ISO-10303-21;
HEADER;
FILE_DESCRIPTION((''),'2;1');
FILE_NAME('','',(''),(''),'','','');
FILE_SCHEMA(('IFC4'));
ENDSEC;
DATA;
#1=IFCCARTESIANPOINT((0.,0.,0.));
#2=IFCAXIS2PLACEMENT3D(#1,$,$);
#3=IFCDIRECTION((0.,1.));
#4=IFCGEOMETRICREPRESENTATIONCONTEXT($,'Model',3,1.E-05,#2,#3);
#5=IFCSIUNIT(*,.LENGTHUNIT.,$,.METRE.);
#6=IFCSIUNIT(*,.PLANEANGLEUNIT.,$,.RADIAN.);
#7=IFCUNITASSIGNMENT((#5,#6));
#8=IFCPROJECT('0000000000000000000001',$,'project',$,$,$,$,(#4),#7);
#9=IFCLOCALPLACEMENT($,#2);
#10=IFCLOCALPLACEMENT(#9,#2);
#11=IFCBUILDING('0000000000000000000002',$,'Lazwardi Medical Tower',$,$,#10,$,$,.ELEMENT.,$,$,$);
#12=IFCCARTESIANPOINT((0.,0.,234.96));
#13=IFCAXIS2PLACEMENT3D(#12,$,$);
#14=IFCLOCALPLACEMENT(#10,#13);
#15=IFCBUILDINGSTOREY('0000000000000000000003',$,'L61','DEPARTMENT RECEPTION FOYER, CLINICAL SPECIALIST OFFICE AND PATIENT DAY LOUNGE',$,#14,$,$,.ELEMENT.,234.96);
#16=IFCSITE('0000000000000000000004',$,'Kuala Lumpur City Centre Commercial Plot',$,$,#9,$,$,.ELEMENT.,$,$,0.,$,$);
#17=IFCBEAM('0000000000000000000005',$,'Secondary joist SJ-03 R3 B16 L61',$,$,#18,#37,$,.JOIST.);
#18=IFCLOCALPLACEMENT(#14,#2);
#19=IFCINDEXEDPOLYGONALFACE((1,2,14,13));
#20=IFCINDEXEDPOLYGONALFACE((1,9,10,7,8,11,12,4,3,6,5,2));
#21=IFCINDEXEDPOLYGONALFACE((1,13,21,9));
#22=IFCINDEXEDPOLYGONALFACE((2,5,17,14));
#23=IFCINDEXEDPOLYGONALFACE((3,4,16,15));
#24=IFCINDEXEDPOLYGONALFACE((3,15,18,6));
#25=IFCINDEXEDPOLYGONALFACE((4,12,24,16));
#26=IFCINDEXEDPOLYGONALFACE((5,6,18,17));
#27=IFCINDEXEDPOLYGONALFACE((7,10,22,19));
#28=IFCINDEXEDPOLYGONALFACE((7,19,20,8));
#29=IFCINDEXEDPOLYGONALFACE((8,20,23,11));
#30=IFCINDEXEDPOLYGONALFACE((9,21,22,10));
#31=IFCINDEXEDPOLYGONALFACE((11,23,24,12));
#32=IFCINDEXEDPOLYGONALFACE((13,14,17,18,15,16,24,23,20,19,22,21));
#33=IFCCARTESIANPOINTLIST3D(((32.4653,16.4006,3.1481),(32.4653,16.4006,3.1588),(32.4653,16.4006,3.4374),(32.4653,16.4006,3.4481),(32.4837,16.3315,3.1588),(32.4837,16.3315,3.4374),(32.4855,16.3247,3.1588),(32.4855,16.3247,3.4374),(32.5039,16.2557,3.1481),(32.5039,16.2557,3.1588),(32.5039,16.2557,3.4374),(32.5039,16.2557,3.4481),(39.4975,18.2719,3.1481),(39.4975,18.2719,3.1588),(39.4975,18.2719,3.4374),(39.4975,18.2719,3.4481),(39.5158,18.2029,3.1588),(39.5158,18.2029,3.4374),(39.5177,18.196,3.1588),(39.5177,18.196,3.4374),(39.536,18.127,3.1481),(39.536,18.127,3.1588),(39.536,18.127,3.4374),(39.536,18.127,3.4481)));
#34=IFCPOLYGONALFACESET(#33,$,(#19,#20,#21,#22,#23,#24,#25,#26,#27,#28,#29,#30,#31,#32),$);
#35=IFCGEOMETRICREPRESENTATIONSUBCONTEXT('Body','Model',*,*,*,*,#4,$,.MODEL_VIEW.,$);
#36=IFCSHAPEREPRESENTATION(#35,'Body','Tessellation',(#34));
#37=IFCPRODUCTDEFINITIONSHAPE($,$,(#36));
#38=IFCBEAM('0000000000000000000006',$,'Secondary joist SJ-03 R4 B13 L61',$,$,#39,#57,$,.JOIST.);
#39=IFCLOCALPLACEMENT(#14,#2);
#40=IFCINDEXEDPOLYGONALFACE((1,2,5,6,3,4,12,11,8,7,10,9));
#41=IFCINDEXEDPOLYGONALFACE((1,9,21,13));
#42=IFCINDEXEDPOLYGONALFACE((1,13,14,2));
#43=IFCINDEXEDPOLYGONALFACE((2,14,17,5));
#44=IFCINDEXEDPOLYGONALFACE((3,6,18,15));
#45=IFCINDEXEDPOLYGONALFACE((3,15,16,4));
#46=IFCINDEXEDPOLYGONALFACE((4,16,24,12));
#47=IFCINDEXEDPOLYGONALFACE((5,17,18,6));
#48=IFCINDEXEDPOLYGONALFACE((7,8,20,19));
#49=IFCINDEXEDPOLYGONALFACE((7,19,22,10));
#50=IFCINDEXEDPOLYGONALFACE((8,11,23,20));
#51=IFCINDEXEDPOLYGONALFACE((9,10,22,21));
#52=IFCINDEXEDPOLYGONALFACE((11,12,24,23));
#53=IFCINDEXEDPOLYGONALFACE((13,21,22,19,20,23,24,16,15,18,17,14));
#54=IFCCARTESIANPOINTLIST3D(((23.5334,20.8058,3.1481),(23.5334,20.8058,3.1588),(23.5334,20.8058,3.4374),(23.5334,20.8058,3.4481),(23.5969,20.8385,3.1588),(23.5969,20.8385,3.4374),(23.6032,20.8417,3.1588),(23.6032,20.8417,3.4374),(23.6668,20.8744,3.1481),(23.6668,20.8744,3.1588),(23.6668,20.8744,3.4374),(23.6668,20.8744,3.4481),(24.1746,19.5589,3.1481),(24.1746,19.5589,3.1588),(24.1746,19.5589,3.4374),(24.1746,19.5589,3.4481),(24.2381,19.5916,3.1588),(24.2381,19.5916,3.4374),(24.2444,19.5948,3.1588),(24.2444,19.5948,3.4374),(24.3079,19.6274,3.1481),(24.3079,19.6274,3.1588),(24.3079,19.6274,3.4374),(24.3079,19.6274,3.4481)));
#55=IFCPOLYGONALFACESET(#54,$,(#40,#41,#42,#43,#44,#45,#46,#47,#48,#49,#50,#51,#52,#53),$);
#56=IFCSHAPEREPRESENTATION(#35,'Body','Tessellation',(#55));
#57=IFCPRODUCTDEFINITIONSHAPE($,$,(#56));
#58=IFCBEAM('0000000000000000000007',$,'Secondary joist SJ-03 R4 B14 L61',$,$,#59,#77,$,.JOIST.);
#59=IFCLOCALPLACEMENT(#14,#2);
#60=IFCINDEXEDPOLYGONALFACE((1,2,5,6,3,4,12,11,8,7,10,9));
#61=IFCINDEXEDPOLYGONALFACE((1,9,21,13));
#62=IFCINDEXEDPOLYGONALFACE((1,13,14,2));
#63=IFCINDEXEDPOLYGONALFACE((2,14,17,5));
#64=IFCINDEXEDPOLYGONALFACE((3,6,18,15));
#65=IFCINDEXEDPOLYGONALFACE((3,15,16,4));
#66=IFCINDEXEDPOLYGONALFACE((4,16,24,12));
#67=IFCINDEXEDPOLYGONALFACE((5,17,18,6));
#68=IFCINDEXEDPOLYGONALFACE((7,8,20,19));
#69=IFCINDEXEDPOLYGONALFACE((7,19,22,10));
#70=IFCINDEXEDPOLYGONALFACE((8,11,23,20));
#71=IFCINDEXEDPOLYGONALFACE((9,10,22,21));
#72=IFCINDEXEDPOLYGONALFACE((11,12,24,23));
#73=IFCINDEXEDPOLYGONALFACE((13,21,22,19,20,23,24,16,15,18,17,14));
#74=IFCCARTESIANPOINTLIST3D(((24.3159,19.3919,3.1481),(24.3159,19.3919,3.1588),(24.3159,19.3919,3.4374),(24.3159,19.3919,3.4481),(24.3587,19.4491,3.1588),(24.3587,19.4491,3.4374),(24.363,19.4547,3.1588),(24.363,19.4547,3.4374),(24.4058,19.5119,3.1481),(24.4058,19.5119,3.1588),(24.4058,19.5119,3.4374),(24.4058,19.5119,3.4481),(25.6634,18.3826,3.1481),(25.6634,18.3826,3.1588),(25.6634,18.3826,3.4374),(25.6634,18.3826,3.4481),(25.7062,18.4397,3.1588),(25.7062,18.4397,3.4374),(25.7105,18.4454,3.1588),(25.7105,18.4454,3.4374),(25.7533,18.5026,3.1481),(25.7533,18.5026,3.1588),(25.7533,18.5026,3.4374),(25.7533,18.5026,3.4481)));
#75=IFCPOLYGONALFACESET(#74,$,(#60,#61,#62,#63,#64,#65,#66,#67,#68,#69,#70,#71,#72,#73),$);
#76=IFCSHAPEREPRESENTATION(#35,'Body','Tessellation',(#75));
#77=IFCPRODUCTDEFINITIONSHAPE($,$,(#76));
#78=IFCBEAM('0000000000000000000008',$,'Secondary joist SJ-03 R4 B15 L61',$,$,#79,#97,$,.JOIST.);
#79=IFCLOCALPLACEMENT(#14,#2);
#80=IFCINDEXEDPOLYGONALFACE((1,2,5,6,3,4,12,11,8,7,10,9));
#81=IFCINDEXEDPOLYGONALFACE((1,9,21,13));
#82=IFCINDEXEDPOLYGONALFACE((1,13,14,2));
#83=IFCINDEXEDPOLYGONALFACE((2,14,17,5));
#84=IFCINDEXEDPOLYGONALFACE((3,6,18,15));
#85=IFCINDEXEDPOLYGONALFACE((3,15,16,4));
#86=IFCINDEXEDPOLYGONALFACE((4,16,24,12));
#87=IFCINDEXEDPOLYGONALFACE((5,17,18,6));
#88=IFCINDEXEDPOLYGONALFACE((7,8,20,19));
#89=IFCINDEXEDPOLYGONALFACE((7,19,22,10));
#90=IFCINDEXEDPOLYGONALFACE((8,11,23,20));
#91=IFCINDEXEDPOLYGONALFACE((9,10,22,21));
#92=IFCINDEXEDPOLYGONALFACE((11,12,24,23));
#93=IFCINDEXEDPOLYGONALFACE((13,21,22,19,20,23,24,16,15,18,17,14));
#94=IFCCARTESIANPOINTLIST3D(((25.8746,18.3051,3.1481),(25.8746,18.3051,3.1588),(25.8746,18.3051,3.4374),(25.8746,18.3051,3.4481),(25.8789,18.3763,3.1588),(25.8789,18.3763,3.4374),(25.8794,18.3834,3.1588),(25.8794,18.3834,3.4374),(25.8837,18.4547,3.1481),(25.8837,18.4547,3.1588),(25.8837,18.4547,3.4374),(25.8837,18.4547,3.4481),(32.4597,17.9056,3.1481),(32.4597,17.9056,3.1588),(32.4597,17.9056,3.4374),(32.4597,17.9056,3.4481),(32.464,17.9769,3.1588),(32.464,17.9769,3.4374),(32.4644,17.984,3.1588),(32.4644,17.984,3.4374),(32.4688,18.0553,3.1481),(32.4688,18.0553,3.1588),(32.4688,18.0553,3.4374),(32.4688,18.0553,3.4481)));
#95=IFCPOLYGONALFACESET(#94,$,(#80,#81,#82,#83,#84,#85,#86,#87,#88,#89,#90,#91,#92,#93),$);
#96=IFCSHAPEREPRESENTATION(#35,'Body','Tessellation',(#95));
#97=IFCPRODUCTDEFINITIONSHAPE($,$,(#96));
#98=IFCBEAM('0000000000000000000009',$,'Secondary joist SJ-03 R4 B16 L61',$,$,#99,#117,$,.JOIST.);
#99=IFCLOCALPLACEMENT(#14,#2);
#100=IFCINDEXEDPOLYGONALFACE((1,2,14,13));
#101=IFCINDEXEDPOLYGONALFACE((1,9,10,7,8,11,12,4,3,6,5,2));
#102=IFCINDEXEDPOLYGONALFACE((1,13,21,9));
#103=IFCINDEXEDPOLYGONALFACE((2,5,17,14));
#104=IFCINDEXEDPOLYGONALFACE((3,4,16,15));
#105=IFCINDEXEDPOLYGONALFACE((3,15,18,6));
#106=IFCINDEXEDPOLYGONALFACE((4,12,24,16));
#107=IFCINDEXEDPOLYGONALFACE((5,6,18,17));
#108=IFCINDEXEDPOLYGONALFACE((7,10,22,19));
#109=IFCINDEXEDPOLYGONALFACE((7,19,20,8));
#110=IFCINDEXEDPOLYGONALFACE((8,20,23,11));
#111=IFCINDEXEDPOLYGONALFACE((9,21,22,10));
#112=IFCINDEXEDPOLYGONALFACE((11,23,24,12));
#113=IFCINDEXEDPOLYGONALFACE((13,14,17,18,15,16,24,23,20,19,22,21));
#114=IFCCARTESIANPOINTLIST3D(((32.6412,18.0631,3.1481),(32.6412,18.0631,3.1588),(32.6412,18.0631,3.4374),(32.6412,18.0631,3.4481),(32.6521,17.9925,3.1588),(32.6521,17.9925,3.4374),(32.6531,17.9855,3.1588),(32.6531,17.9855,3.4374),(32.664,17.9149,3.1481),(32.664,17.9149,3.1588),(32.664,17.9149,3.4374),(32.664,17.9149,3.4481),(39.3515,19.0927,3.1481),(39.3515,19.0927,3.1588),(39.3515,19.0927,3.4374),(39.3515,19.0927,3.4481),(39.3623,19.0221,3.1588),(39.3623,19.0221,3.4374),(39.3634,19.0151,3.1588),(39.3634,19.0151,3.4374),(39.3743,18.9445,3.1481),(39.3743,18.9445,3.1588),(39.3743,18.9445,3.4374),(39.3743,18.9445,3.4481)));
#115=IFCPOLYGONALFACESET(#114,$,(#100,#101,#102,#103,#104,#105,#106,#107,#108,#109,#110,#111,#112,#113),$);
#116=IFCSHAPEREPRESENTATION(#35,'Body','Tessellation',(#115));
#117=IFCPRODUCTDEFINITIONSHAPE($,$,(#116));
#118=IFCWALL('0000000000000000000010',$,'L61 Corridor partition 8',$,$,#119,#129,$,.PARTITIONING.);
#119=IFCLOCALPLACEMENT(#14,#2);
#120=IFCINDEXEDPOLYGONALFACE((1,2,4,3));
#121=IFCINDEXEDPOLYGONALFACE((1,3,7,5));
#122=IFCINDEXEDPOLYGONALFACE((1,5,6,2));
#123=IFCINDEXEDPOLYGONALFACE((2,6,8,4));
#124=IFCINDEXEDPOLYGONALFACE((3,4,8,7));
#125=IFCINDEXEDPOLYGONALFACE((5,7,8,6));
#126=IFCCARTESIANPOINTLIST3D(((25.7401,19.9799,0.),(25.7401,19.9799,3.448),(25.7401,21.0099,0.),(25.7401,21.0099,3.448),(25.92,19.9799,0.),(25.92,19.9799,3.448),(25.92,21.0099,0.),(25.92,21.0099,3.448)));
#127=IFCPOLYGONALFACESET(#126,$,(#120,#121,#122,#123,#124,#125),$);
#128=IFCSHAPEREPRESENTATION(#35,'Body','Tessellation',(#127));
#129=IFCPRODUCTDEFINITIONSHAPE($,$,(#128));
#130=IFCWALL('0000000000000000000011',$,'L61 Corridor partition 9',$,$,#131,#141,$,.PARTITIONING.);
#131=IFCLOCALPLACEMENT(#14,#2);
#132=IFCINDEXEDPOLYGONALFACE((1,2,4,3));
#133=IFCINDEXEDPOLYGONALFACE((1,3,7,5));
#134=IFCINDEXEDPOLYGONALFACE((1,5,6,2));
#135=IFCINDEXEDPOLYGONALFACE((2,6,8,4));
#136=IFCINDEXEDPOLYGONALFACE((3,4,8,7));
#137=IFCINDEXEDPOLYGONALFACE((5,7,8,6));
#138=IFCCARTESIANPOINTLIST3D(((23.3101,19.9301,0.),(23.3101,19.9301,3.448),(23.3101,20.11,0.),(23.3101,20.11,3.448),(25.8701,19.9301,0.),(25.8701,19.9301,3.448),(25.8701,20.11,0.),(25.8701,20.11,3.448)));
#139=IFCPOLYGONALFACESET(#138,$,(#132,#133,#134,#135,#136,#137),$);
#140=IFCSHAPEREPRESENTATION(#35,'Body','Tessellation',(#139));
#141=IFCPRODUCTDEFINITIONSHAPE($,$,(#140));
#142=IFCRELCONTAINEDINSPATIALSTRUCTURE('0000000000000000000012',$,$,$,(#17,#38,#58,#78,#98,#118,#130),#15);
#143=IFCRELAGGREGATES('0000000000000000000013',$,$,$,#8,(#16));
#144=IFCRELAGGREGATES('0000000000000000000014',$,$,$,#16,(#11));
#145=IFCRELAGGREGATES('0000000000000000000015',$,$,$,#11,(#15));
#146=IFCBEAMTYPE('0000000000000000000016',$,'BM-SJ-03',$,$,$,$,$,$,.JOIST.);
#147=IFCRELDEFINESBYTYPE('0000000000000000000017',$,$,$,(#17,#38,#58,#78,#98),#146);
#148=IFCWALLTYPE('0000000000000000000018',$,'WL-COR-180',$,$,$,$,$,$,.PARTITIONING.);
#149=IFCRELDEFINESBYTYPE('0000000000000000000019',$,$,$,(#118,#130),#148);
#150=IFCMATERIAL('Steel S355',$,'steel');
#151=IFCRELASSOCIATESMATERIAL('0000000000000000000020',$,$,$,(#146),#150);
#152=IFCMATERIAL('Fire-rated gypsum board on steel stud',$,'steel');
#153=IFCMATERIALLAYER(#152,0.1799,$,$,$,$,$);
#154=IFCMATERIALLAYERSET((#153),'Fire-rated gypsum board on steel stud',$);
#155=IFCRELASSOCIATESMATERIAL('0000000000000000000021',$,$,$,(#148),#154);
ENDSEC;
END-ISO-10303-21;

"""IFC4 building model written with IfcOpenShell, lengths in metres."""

from ifc_helpers import new_model, si_unit, direction, frame, frame_2d, origin, origin_2d, place, context, subcontext, project, spatial, rectangle, i_section, extrude, material, layer, layer_set, material_profile, profile_set, type_object, element, save


model = new_model("IFC4")

# Units and contexts
model_context = context("Model", 3, precision=1e-05, world=origin(), true_north=direction((0.0, 1.0)))
body_context = subcontext(model_context, "Body", "Model", "MODEL_VIEW")
ifc_project = project(units=[si_unit("LENGTHUNIT", "METRE"), si_unit("PLANEANGLEUNIT", "RADIAN")], contexts=[model_context])

# Site, building, storey
site_placement = place(None, origin())
site = spatial("IfcSite", under=ifc_project, at=site_placement, Name="Kuala Lumpur City Centre Commercial Plot", CompositionType="ELEMENT", RefElevation=0.0)
building_placement = place(site_placement, origin())
building = spatial("IfcBuilding", under=site, at=building_placement, Name="Lazwardi Medical Tower", CompositionType="ELEMENT")
storey_placement = place(building_placement, frame((0.0, 0.0, 234.96)))
storey = spatial("IfcBuildingStorey", under=building, at=storey_placement, Name="L61", Description="DEPARTMENT RECEPTION FOYER, CLINICAL SPECIALIST OFFICE AND PATIENT DAY LOUNGE", CompositionType="ELEMENT", Elevation=234.96)

# Beams
ifc_material_1 = material(Name="Steel S355", Category="steel")
ifc_material_profile_1 = material_profile(ifc_material_1, i_section(OverallWidth=0.1499, OverallDepth=0.3, WebThickness=0.0071, FlangeThickness=0.0107, at=origin_2d()), Name="IPE 300")
ifc_profile_set_1 = profile_set([ifc_material_profile_1], Name="Steel S355")
beam_type_1 = type_object("IfcBeamType", Name="BM-SJ-03", PredefinedType="JOIST", material=ifc_profile_set_1)
beam_1_placement = place(storey_placement, frame((32.4846, 16.3281, 3.2981), z_axis=(0.966369, 0.257159, 0.0), x_axis=(-0.257159, 0.966369, 0.0)))
element("IfcBeam", 1, at=beam_1_placement, inside=storey, type_object=beam_type_1, Name="Secondary joist SJ-03 R3 B16 L61", PredefinedType="JOIST", context=body_context, shape_type="SweptSolid", body=[
    extrude(i_section(OverallWidth=0.1499, OverallDepth=0.3, WebThickness=0.0071, FlangeThickness=0.0107, at=origin_2d()), origin(), (0.0, 0.0, 1.0), 7.2769),
])
beam_2_placement = place(storey_placement, frame((23.6001, 20.8401, 3.2981), z_axis=(0.457285, -0.88932, 0.0), x_axis=(0.88932, 0.457285, 0.0)))
element("IfcBeam", 2, at=beam_2_placement, inside=storey, type_object=beam_type_1, Name="Secondary joist SJ-03 R4 B13 L61", PredefinedType="JOIST", context=body_context, shape_type="SweptSolid", body=[
    extrude(i_section(OverallWidth=0.1499, OverallDepth=0.3, WebThickness=0.0071, FlangeThickness=0.0107, at=origin_2d()), origin(), (0.0, 0.0, 1.0), 1.4021),
])
beam_3_placement = place(storey_placement, frame((24.3608, 19.4519, 3.2981), z_axis=(0.800365, -0.599513, 0.0), x_axis=(0.599513, 0.800365, 0.0)))
element("IfcBeam", 3, at=beam_3_placement, inside=storey, type_object=beam_type_1, Name="Secondary joist SJ-03 R4 B14 L61", PredefinedType="JOIST", context=body_context, shape_type="SweptSolid", body=[
    extrude(i_section(OverallWidth=0.1499, OverallDepth=0.3, WebThickness=0.0071, FlangeThickness=0.0107, at=origin_2d()), origin(), (0.0, 0.0, 1.0), 1.6836),
])
beam_4_placement = place(storey_placement, frame((25.8792, 18.3799, 3.2981), z_axis=(0.998166, -0.060544, 0.0), x_axis=(0.060544, 0.998166, 0.0)))
element("IfcBeam", 4, at=beam_4_placement, inside=storey, type_object=beam_type_1, Name="Secondary joist SJ-03 R4 B15 L61", PredefinedType="JOIST", context=body_context, shape_type="SweptSolid", body=[
    extrude(i_section(OverallWidth=0.1499, OverallDepth=0.3, WebThickness=0.0071, FlangeThickness=0.0107, at=origin_2d()), origin(), (0.0, 0.0, 1.0), 6.5972),
])
beam_5_placement = place(storey_placement, frame((32.6526, 17.989, 3.2981), z_axis=(0.988434, 0.151655, 0.0), x_axis=(-0.151655, 0.988434, 0.0)))
element("IfcBeam", 5, at=beam_5_placement, inside=storey, type_object=beam_type_1, Name="Secondary joist SJ-03 R4 B16 L61", PredefinedType="JOIST", context=body_context, shape_type="SweptSolid", body=[
    extrude(i_section(OverallWidth=0.1499, OverallDepth=0.3, WebThickness=0.0071, FlangeThickness=0.0107, at=origin_2d()), origin(), (0.0, 0.0, 1.0), 6.7888),
])

# Walls
ifc_material_2 = material(Name="Fire-rated gypsum board on steel stud", Category="steel")
ifc_layer_1 = layer(ifc_material_2, 0.1799)
ifc_layer_set_1 = layer_set([ifc_layer_1], Name="Fire-rated gypsum board on steel stud")
wall_type_1 = type_object("IfcWallType", Name="WL-COR-180", PredefinedType="PARTITIONING", material=ifc_layer_set_1)
wall_1_placement = place(storey_placement, frame((25.8301, 21.01, 0.0), z_axis=(0.0, 0.0, 1.0), x_axis=(0.0, -1.0, 0.0)))
element("IfcWall", 6, at=wall_1_placement, inside=storey, type_object=wall_type_1, Name="L61 Corridor partition 8", PredefinedType="PARTITIONING", context=body_context, shape_type="SweptSolid", body=[
    extrude(rectangle(XDim=1.03, YDim=0.1799, at=frame_2d((0.5151, 0.0))), origin(), (0.0, 0.0, 1.0), 3.448),
])
wall_2_placement = place(storey_placement, frame((25.8701, 20.02, 0.0), z_axis=(0.0, 0.0, 1.0), x_axis=(-1.0, 0.0, 0.0)))
element("IfcWall", 7, at=wall_2_placement, inside=storey, type_object=wall_type_1, Name="L61 Corridor partition 9", PredefinedType="PARTITIONING", context=body_context, shape_type="SweptSolid", body=[
    extrude(rectangle(XDim=2.5601, YDim=0.1799, at=frame_2d((1.28, 0.0))), origin(), (0.0, 0.0, 1.0), 3.448),
])

save(model, "model.ifc")
